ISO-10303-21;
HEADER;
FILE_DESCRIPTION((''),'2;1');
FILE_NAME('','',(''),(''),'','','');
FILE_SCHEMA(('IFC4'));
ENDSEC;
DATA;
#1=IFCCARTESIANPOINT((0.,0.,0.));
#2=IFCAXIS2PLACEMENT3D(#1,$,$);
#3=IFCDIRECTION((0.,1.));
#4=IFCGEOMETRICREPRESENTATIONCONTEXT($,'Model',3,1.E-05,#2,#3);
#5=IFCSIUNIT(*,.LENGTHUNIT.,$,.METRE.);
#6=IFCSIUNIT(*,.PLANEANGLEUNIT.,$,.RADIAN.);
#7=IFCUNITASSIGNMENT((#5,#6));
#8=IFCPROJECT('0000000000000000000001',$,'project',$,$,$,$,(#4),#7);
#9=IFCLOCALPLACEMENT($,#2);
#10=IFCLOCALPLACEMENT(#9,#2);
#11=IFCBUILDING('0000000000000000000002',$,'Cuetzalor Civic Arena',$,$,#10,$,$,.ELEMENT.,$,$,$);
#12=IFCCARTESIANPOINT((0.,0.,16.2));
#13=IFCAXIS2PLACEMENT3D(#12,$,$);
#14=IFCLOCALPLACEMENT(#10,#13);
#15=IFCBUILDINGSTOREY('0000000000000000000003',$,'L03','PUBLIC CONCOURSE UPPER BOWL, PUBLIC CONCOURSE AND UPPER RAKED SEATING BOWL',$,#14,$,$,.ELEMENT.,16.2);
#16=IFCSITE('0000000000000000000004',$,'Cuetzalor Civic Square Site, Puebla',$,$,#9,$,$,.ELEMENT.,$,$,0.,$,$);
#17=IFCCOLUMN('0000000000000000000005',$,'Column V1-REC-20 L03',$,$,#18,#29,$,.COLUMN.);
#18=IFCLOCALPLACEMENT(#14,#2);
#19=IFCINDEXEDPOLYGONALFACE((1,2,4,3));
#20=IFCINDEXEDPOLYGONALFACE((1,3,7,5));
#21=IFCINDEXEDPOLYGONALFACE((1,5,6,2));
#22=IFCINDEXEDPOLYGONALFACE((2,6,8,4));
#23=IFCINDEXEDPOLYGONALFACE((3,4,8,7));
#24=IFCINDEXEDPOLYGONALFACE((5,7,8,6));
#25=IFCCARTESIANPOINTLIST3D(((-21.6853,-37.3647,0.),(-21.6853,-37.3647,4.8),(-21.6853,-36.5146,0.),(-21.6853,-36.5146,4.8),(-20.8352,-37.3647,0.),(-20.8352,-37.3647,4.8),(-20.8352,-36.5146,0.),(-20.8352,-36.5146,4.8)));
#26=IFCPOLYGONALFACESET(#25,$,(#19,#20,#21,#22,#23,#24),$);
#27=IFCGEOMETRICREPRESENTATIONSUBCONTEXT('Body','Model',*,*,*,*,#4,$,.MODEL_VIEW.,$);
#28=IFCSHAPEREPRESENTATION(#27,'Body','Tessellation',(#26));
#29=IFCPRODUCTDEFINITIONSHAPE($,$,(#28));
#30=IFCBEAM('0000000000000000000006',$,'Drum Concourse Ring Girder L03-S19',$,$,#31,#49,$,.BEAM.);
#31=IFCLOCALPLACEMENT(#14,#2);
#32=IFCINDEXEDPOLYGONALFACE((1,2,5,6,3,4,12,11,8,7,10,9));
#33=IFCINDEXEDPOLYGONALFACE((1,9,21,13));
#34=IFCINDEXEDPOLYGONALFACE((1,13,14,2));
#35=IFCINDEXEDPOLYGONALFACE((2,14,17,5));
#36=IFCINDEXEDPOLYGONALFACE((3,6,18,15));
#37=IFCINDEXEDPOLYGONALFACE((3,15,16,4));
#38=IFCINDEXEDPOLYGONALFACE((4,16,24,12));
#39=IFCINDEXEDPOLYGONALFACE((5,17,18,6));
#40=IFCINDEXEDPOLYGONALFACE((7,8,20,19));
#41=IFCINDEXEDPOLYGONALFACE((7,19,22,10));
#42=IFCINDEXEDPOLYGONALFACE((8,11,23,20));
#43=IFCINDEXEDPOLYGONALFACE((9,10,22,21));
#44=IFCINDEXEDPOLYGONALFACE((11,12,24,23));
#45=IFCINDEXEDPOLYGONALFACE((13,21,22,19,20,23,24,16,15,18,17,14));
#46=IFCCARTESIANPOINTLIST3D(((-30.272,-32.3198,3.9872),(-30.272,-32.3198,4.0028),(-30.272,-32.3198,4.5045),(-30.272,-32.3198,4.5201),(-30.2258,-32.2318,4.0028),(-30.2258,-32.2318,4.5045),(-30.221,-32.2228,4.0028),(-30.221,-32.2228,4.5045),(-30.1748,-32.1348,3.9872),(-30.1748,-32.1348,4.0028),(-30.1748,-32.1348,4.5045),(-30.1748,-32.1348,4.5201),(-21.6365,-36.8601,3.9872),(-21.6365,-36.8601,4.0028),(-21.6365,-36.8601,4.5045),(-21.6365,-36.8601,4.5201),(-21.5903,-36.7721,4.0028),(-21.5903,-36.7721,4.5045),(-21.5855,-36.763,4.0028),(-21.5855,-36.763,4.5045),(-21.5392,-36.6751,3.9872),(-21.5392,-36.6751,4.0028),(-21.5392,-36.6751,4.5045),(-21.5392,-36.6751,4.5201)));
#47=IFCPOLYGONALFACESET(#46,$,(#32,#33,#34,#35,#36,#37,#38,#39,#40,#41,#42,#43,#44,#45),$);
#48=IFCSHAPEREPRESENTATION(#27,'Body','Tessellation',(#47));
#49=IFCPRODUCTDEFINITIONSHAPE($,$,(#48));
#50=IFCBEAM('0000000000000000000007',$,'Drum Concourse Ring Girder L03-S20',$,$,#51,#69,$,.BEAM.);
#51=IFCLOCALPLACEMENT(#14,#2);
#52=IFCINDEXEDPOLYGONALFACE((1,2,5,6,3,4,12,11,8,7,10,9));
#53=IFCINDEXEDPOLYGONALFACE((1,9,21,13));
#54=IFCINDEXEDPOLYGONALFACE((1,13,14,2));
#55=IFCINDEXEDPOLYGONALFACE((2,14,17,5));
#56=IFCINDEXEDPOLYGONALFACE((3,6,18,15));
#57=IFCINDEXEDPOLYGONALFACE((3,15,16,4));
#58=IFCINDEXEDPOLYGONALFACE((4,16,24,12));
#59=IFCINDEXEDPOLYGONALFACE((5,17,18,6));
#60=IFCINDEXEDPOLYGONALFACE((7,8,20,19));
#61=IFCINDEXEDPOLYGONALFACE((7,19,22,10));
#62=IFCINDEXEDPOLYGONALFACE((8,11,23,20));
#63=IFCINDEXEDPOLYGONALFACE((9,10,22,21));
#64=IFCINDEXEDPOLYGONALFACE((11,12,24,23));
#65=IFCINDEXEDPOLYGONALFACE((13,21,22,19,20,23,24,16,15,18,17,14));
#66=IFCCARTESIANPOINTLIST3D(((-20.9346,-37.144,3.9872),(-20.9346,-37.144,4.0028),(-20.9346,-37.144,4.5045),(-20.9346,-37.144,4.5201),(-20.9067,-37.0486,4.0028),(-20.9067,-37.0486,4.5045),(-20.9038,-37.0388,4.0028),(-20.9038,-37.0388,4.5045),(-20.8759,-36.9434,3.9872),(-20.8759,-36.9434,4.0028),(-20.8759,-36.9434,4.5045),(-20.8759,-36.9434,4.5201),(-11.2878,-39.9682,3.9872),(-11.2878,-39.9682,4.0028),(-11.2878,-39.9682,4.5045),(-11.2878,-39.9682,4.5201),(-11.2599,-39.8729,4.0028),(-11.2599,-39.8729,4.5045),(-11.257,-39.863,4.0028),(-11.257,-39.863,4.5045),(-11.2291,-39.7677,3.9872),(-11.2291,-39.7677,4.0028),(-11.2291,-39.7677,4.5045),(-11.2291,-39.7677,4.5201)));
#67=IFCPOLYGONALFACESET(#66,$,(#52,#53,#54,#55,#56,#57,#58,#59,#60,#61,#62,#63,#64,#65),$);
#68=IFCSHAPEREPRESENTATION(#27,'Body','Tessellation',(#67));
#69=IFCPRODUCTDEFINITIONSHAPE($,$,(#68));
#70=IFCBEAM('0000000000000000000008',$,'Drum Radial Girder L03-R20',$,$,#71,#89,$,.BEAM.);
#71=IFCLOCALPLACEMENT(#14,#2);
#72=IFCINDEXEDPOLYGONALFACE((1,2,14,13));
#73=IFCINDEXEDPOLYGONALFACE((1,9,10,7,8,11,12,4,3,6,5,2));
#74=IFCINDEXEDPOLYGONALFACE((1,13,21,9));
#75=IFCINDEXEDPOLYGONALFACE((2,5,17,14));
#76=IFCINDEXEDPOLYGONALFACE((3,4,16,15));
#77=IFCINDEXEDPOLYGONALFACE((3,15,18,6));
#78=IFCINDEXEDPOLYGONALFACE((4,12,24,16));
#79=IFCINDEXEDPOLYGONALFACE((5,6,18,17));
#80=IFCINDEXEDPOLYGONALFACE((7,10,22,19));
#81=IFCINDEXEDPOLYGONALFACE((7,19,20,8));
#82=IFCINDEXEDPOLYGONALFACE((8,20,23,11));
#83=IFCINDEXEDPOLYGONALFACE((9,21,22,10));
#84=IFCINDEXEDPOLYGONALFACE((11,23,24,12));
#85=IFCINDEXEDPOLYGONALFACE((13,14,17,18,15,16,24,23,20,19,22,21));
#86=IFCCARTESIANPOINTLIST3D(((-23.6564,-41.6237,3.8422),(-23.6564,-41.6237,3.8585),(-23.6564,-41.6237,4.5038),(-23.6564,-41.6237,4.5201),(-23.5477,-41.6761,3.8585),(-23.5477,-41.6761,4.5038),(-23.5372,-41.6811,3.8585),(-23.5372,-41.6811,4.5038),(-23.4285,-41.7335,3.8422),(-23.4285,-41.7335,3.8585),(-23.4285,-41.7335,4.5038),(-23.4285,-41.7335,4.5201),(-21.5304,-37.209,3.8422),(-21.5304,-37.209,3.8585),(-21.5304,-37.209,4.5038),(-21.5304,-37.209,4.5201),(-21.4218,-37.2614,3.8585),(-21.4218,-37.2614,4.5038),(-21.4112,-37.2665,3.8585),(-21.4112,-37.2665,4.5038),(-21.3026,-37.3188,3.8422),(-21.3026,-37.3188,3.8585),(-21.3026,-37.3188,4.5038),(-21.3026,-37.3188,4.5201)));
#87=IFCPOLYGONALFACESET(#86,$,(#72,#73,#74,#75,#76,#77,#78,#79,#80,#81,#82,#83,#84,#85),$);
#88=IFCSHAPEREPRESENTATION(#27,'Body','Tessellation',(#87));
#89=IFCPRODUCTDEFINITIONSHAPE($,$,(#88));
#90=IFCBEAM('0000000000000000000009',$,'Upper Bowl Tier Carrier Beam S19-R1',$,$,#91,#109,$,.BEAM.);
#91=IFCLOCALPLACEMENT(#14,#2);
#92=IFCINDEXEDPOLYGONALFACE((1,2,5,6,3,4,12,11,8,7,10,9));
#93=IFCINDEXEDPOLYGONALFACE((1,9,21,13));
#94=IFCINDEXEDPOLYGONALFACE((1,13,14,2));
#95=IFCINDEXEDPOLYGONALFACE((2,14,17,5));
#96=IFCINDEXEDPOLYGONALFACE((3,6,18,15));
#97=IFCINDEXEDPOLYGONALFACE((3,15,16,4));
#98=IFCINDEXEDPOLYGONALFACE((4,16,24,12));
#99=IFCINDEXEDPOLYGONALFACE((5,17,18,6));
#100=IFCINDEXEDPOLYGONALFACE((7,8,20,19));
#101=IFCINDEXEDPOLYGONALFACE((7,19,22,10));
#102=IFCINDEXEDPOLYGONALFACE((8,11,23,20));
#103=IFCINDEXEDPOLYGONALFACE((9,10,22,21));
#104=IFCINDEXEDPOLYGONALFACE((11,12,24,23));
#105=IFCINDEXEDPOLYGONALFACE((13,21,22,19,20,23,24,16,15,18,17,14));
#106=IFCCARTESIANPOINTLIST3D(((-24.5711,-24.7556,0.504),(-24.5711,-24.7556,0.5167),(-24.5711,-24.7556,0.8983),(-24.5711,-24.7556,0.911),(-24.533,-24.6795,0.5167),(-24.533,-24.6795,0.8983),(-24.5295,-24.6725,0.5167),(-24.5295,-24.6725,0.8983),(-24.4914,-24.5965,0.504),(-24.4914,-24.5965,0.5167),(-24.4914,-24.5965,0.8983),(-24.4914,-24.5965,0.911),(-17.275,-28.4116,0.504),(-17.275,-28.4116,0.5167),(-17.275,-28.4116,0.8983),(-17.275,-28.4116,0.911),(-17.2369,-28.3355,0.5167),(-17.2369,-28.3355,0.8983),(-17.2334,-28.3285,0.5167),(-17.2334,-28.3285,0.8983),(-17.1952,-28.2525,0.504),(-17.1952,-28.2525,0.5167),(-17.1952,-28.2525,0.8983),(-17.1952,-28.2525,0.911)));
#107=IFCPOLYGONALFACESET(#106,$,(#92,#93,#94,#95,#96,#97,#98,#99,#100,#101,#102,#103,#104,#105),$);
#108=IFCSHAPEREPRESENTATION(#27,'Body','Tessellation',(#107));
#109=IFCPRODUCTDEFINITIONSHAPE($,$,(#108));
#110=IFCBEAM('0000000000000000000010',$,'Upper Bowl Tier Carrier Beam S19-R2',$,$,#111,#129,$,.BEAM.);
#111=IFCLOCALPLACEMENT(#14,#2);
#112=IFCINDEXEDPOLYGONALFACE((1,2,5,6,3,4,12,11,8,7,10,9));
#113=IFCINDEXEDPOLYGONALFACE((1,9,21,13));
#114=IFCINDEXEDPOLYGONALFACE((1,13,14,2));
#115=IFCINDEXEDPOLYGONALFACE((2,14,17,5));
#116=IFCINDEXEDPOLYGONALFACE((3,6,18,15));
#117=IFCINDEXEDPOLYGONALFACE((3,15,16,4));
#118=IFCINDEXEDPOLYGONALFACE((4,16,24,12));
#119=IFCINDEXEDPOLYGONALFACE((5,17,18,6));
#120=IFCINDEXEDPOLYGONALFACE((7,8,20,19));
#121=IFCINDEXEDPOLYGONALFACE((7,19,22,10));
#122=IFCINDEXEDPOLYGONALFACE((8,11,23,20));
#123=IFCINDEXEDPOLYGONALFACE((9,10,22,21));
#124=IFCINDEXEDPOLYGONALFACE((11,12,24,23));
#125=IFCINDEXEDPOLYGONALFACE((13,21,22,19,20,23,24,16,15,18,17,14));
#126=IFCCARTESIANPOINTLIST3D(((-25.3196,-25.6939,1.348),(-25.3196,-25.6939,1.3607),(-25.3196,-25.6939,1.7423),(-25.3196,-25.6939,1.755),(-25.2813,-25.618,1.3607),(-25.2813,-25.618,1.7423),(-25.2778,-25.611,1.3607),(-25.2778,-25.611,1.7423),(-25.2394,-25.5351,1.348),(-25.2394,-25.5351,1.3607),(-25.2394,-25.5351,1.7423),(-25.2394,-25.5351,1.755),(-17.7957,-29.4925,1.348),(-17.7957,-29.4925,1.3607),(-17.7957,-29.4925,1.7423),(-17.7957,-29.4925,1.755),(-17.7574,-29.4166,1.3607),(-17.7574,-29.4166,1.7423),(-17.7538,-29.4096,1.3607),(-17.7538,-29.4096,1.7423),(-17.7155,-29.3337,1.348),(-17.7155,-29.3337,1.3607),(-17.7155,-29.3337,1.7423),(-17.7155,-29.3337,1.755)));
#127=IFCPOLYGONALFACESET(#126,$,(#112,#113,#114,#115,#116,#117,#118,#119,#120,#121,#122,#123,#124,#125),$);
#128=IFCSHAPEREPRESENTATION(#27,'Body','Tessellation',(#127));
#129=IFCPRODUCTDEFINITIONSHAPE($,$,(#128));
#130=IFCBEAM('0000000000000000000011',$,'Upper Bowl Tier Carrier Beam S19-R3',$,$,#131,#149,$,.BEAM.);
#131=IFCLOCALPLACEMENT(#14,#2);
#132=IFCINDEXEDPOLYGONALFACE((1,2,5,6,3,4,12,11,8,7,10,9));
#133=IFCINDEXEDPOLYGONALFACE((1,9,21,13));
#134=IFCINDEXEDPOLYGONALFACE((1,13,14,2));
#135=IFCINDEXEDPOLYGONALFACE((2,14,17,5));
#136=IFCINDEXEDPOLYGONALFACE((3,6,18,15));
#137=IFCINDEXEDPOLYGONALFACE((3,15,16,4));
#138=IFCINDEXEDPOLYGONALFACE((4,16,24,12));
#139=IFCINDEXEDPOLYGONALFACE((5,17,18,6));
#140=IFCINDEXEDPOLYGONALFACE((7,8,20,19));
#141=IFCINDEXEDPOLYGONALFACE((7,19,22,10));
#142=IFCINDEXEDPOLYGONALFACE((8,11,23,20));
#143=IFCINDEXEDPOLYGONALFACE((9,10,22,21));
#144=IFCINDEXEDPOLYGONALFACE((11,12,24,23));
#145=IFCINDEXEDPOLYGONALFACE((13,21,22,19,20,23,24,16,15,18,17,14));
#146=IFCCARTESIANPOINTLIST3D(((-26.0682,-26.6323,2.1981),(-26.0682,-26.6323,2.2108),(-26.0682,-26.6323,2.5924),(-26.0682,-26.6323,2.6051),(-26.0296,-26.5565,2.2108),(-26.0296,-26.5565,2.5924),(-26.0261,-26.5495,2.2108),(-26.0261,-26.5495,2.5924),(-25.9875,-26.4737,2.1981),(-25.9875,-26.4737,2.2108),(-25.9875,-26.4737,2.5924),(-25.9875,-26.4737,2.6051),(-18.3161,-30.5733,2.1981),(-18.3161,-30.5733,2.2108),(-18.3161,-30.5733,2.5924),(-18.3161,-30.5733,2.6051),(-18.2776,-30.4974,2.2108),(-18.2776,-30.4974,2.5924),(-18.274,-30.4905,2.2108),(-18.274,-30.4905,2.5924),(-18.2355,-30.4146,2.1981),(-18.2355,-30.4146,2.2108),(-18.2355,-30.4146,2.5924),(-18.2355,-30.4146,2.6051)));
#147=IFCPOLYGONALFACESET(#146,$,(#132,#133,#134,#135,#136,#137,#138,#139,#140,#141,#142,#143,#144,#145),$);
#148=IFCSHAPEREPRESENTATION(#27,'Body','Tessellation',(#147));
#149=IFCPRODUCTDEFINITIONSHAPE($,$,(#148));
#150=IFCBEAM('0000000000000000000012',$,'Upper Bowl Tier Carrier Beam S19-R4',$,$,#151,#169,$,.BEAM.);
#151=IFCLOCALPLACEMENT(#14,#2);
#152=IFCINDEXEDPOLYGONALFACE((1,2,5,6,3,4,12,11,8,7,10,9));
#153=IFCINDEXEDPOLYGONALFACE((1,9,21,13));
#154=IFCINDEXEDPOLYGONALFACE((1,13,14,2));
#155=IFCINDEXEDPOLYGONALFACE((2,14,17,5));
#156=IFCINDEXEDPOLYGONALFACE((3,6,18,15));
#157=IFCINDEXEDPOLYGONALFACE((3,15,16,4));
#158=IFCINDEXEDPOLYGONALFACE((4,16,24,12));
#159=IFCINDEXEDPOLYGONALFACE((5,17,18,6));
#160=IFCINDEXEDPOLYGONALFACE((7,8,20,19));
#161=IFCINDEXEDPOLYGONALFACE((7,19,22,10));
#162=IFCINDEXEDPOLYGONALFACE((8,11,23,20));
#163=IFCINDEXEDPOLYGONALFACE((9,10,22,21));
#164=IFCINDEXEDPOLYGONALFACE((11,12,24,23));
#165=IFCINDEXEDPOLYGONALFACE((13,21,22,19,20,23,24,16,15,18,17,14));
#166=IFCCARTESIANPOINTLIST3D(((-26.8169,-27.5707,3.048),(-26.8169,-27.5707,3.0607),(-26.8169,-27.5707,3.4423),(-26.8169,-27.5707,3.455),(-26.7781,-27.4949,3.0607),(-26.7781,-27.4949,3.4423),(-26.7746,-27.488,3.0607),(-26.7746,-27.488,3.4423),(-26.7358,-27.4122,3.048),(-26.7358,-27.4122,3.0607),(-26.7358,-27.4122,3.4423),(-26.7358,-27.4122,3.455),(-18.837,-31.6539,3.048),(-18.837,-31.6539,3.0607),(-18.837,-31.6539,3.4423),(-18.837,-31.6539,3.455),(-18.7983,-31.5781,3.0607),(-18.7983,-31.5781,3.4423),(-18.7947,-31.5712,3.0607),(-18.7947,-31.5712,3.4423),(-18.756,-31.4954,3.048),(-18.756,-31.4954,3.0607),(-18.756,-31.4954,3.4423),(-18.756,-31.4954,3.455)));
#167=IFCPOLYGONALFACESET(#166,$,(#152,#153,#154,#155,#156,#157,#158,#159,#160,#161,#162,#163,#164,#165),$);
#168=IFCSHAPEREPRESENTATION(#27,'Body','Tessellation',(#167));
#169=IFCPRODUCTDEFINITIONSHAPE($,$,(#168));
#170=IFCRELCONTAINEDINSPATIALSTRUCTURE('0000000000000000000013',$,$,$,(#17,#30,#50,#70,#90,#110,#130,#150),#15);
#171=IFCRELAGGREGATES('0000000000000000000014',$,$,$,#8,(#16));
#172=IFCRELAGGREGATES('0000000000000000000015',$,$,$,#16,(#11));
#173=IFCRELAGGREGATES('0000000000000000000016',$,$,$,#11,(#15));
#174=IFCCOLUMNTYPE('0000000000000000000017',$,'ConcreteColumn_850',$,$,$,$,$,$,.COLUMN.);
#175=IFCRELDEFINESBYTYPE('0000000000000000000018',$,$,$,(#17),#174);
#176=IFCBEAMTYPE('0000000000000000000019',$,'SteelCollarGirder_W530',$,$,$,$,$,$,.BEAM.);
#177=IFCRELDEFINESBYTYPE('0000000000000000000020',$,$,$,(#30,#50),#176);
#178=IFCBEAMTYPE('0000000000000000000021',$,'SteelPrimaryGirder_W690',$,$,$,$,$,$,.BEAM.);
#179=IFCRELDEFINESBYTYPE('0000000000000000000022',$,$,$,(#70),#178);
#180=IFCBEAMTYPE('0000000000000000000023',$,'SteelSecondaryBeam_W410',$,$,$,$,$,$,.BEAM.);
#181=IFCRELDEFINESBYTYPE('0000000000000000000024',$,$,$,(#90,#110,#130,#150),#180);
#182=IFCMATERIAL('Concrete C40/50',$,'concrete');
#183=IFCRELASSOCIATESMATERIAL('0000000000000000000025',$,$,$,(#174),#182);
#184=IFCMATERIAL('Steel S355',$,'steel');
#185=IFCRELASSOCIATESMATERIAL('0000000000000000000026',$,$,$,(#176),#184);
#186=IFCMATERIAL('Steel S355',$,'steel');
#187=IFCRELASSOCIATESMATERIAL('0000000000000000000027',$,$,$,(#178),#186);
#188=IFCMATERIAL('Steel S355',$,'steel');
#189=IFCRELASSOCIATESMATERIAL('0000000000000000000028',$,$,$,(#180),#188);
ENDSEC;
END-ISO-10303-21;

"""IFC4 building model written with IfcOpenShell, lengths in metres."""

from ifc_helpers import new_model, si_unit, direction, frame, origin, origin_2d, place, context, subcontext, project, spatial, rectangle, i_section, extrude, material, material_profile, profile_set, type_object, element, save


model = new_model("IFC4")

# Units and contexts
model_context = context("Model", 3, precision=1e-05, world=origin(), true_north=direction((0.0, 1.0)))
body_context = subcontext(model_context, "Body", "Model", "MODEL_VIEW")
ifc_project = project(units=[si_unit("LENGTHUNIT", "METRE"), si_unit("PLANEANGLEUNIT", "RADIAN")], contexts=[model_context])

# Site, building, storey
site_placement = place(None, origin())
site = spatial("IfcSite", under=ifc_project, at=site_placement, Name="Cuetzalor Civic Square Site, Puebla", CompositionType="ELEMENT", RefElevation=0.0)
building_placement = place(site_placement, origin())
building = spatial("IfcBuilding", under=site, at=building_placement, Name="Cuetzalor Civic Arena", CompositionType="ELEMENT")
storey_placement = place(building_placement, frame((0.0, 0.0, 16.2)))
storey = spatial("IfcBuildingStorey", under=building, at=storey_placement, Name="L03", Description="PUBLIC CONCOURSE UPPER BOWL, PUBLIC CONCOURSE AND UPPER RAKED SEATING BOWL", CompositionType="ELEMENT", Elevation=16.2)

# Column
ifc_material_1 = material(Name="Concrete C40/50", Category="concrete")
ifc_material_profile_1 = material_profile(ifc_material_1, rectangle(XDim=0.8501, YDim=0.8501, at=origin_2d()), Name="RC 850x850")
ifc_profile_set_1 = profile_set([ifc_material_profile_1], Name="Concrete C40/50")
column_type = type_object("IfcColumnType", Name="ConcreteColumn_850", PredefinedType="COLUMN", material=ifc_profile_set_1)
column_placement = place(storey_placement, frame((-21.2603, -36.9397, 0.0), z_axis=(0.0, 0.0, 1.0), x_axis=(1.0, 0.0, 0.0)))
element("IfcColumn", 1, at=column_placement, inside=storey, type_object=column_type, Name="Column V1-REC-20 L03", PredefinedType="COLUMN", context=body_context, shape_type="SweptSolid", body=[
    extrude(rectangle(XDim=0.8501, YDim=0.8501, at=origin_2d()), origin(), (0.0, 0.0, 1.0), 4.8),
])

# Beams
ifc_material_2 = material(Name="Steel S355", Category="steel")
ifc_material_profile_2 = material_profile(ifc_material_2, i_section(OverallWidth=0.209, OverallDepth=0.533, WebThickness=0.0103, FlangeThickness=0.0156, at=origin_2d()), Name="W530x92")
ifc_profile_set_2 = profile_set([ifc_material_profile_2], Name="Steel S355")
beam_type_1 = type_object("IfcBeamType", Name="SteelCollarGirder_W530", PredefinedType="BEAM", material=ifc_profile_set_2)
beam_1_placement = place(storey_placement, frame((-30.2234, -32.2273, 4.2537), z_axis=(0.885117, -0.465368, 0.0), x_axis=(0.465368, 0.885117, 0.0)))
element("IfcBeam", 2, at=beam_1_placement, inside=storey, type_object=beam_type_1, Name="Drum Concourse Ring Girder L03-S19", PredefinedType="BEAM", context=body_context, shape_type="SweptSolid", body=[
    extrude(i_section(OverallWidth=0.209, OverallDepth=0.533, WebThickness=0.0103, FlangeThickness=0.0156, at=origin_2d()), origin(), (0.0, 0.0, 1.0), 9.7563),
])
beam_2_placement = place(storey_placement, frame((-20.9053, -37.0437, 4.2537), z_axis=(0.959716, -0.280971, 0.0), x_axis=(0.280971, 0.959716, 0.0)))
element("IfcBeam", 3, at=beam_2_placement, inside=storey, type_object=beam_type_1, Name="Drum Concourse Ring Girder L03-S20", PredefinedType="BEAM", context=body_context, shape_type="SweptSolid", body=[
    extrude(i_section(OverallWidth=0.209, OverallDepth=0.533, WebThickness=0.0103, FlangeThickness=0.0156, at=origin_2d()), origin(), (0.0, 0.0, 1.0), 10.0518),
])
ifc_material_3 = material(Name="Steel S355", Category="steel")
ifc_material_profile_3 = material_profile(ifc_material_3, i_section(OverallWidth=0.2529, OverallDepth=0.678, WebThickness=0.0117, FlangeThickness=0.0164, at=origin_2d()), Name="W690x125")
ifc_profile_set_3 = profile_set([ifc_material_profile_3], Name="Steel S355")
beam_type_2 = type_object("IfcBeamType", Name="SteelPrimaryGirder_W690", PredefinedType="BEAM", material=ifc_profile_set_3)
beam_3_placement = place(storey_placement, frame((-21.4165, -37.2639, 4.1812), z_axis=(-0.433871, -0.900975, 0.0), x_axis=(0.900975, -0.433871, 0.0)))
element("IfcBeam", 4, at=beam_3_placement, inside=storey, type_object=beam_type_2, Name="Drum Radial Girder L03-R20", PredefinedType="BEAM", context=body_context, shape_type="SweptSolid", body=[
    extrude(i_section(OverallWidth=0.2529, OverallDepth=0.678, WebThickness=0.0117, FlangeThickness=0.0164, at=origin_2d()), origin(), (0.0, 0.0, 1.0), 4.8999),
])
ifc_material_4 = material(Name="Steel S355", Category="steel")
ifc_material_profile_4 = material_profile(ifc_material_4, i_section(OverallWidth=0.178, OverallDepth=0.407, WebThickness=0.0078, FlangeThickness=0.0127, at=origin_2d()), Name="W410x60")
ifc_profile_set_4 = profile_set([ifc_material_profile_4], Name="Steel S355")
beam_type_3 = type_object("IfcBeamType", Name="SteelSecondaryBeam_W410", PredefinedType="BEAM", material=ifc_profile_set_4)
beam_4_placement = place(storey_placement, frame((-24.5312, -24.676, 0.7075), z_axis=(0.894038, -0.447991, 0.0), x_axis=(0.447991, 0.894038, 0.0)))
element("IfcBeam", 5, at=beam_4_placement, inside=storey, type_object=beam_type_3, Name="Upper Bowl Tier Carrier Beam S19-R1", PredefinedType="BEAM", context=body_context, shape_type="SweptSolid", body=[
    extrude(i_section(OverallWidth=0.178, OverallDepth=0.407, WebThickness=0.0078, FlangeThickness=0.0127, at=origin_2d()), origin(), (0.0, 0.0, 1.0), 8.1609),
])
beam_5_placement = place(storey_placement, frame((-25.2795, -25.6145, 1.5515), z_axis=(0.892682, -0.450686, 0.0), x_axis=(0.450686, 0.892682, 0.0)))
element("IfcBeam", 6, at=beam_5_placement, inside=storey, type_object=beam_type_3, Name="Upper Bowl Tier Carrier Beam S19-R2", PredefinedType="BEAM", context=body_context, shape_type="SweptSolid", body=[
    extrude(i_section(OverallWidth=0.178, OverallDepth=0.407, WebThickness=0.0078, FlangeThickness=0.0127, at=origin_2d()), origin(), (0.0, 0.0, 1.0), 8.4285),
])
beam_6_placement = place(storey_placement, frame((-26.0278, -26.553, 2.4016), z_axis=(0.89142, -0.453178, 0.0), x_axis=(0.453178, 0.89142, 0.0)))
element("IfcBeam", 7, at=beam_6_placement, inside=storey, type_object=beam_type_3, Name="Upper Bowl Tier Carrier Beam S19-R3", PredefinedType="BEAM", context=body_context, shape_type="SweptSolid", body=[
    extrude(i_section(OverallWidth=0.178, OverallDepth=0.407, WebThickness=0.0078, FlangeThickness=0.0127, at=origin_2d()), origin(), (0.0, 0.0, 1.0), 8.6963),
])
beam_7_placement = place(storey_placement, frame((-26.7764, -27.4915, 3.2515), z_axis=(0.890227, -0.455517, 0.0), x_axis=(0.455517, 0.890227, 0.0)))
element("IfcBeam", 8, at=beam_7_placement, inside=storey, type_object=beam_type_3, Name="Upper Bowl Tier Carrier Beam S19-R4", PredefinedType="BEAM", context=body_context, shape_type="SweptSolid", body=[
    extrude(i_section(OverallWidth=0.178, OverallDepth=0.407, WebThickness=0.0078, FlangeThickness=0.0127, at=origin_2d()), origin(), (0.0, 0.0, 1.0), 8.9639),
])

save(model, "model.ifc")
